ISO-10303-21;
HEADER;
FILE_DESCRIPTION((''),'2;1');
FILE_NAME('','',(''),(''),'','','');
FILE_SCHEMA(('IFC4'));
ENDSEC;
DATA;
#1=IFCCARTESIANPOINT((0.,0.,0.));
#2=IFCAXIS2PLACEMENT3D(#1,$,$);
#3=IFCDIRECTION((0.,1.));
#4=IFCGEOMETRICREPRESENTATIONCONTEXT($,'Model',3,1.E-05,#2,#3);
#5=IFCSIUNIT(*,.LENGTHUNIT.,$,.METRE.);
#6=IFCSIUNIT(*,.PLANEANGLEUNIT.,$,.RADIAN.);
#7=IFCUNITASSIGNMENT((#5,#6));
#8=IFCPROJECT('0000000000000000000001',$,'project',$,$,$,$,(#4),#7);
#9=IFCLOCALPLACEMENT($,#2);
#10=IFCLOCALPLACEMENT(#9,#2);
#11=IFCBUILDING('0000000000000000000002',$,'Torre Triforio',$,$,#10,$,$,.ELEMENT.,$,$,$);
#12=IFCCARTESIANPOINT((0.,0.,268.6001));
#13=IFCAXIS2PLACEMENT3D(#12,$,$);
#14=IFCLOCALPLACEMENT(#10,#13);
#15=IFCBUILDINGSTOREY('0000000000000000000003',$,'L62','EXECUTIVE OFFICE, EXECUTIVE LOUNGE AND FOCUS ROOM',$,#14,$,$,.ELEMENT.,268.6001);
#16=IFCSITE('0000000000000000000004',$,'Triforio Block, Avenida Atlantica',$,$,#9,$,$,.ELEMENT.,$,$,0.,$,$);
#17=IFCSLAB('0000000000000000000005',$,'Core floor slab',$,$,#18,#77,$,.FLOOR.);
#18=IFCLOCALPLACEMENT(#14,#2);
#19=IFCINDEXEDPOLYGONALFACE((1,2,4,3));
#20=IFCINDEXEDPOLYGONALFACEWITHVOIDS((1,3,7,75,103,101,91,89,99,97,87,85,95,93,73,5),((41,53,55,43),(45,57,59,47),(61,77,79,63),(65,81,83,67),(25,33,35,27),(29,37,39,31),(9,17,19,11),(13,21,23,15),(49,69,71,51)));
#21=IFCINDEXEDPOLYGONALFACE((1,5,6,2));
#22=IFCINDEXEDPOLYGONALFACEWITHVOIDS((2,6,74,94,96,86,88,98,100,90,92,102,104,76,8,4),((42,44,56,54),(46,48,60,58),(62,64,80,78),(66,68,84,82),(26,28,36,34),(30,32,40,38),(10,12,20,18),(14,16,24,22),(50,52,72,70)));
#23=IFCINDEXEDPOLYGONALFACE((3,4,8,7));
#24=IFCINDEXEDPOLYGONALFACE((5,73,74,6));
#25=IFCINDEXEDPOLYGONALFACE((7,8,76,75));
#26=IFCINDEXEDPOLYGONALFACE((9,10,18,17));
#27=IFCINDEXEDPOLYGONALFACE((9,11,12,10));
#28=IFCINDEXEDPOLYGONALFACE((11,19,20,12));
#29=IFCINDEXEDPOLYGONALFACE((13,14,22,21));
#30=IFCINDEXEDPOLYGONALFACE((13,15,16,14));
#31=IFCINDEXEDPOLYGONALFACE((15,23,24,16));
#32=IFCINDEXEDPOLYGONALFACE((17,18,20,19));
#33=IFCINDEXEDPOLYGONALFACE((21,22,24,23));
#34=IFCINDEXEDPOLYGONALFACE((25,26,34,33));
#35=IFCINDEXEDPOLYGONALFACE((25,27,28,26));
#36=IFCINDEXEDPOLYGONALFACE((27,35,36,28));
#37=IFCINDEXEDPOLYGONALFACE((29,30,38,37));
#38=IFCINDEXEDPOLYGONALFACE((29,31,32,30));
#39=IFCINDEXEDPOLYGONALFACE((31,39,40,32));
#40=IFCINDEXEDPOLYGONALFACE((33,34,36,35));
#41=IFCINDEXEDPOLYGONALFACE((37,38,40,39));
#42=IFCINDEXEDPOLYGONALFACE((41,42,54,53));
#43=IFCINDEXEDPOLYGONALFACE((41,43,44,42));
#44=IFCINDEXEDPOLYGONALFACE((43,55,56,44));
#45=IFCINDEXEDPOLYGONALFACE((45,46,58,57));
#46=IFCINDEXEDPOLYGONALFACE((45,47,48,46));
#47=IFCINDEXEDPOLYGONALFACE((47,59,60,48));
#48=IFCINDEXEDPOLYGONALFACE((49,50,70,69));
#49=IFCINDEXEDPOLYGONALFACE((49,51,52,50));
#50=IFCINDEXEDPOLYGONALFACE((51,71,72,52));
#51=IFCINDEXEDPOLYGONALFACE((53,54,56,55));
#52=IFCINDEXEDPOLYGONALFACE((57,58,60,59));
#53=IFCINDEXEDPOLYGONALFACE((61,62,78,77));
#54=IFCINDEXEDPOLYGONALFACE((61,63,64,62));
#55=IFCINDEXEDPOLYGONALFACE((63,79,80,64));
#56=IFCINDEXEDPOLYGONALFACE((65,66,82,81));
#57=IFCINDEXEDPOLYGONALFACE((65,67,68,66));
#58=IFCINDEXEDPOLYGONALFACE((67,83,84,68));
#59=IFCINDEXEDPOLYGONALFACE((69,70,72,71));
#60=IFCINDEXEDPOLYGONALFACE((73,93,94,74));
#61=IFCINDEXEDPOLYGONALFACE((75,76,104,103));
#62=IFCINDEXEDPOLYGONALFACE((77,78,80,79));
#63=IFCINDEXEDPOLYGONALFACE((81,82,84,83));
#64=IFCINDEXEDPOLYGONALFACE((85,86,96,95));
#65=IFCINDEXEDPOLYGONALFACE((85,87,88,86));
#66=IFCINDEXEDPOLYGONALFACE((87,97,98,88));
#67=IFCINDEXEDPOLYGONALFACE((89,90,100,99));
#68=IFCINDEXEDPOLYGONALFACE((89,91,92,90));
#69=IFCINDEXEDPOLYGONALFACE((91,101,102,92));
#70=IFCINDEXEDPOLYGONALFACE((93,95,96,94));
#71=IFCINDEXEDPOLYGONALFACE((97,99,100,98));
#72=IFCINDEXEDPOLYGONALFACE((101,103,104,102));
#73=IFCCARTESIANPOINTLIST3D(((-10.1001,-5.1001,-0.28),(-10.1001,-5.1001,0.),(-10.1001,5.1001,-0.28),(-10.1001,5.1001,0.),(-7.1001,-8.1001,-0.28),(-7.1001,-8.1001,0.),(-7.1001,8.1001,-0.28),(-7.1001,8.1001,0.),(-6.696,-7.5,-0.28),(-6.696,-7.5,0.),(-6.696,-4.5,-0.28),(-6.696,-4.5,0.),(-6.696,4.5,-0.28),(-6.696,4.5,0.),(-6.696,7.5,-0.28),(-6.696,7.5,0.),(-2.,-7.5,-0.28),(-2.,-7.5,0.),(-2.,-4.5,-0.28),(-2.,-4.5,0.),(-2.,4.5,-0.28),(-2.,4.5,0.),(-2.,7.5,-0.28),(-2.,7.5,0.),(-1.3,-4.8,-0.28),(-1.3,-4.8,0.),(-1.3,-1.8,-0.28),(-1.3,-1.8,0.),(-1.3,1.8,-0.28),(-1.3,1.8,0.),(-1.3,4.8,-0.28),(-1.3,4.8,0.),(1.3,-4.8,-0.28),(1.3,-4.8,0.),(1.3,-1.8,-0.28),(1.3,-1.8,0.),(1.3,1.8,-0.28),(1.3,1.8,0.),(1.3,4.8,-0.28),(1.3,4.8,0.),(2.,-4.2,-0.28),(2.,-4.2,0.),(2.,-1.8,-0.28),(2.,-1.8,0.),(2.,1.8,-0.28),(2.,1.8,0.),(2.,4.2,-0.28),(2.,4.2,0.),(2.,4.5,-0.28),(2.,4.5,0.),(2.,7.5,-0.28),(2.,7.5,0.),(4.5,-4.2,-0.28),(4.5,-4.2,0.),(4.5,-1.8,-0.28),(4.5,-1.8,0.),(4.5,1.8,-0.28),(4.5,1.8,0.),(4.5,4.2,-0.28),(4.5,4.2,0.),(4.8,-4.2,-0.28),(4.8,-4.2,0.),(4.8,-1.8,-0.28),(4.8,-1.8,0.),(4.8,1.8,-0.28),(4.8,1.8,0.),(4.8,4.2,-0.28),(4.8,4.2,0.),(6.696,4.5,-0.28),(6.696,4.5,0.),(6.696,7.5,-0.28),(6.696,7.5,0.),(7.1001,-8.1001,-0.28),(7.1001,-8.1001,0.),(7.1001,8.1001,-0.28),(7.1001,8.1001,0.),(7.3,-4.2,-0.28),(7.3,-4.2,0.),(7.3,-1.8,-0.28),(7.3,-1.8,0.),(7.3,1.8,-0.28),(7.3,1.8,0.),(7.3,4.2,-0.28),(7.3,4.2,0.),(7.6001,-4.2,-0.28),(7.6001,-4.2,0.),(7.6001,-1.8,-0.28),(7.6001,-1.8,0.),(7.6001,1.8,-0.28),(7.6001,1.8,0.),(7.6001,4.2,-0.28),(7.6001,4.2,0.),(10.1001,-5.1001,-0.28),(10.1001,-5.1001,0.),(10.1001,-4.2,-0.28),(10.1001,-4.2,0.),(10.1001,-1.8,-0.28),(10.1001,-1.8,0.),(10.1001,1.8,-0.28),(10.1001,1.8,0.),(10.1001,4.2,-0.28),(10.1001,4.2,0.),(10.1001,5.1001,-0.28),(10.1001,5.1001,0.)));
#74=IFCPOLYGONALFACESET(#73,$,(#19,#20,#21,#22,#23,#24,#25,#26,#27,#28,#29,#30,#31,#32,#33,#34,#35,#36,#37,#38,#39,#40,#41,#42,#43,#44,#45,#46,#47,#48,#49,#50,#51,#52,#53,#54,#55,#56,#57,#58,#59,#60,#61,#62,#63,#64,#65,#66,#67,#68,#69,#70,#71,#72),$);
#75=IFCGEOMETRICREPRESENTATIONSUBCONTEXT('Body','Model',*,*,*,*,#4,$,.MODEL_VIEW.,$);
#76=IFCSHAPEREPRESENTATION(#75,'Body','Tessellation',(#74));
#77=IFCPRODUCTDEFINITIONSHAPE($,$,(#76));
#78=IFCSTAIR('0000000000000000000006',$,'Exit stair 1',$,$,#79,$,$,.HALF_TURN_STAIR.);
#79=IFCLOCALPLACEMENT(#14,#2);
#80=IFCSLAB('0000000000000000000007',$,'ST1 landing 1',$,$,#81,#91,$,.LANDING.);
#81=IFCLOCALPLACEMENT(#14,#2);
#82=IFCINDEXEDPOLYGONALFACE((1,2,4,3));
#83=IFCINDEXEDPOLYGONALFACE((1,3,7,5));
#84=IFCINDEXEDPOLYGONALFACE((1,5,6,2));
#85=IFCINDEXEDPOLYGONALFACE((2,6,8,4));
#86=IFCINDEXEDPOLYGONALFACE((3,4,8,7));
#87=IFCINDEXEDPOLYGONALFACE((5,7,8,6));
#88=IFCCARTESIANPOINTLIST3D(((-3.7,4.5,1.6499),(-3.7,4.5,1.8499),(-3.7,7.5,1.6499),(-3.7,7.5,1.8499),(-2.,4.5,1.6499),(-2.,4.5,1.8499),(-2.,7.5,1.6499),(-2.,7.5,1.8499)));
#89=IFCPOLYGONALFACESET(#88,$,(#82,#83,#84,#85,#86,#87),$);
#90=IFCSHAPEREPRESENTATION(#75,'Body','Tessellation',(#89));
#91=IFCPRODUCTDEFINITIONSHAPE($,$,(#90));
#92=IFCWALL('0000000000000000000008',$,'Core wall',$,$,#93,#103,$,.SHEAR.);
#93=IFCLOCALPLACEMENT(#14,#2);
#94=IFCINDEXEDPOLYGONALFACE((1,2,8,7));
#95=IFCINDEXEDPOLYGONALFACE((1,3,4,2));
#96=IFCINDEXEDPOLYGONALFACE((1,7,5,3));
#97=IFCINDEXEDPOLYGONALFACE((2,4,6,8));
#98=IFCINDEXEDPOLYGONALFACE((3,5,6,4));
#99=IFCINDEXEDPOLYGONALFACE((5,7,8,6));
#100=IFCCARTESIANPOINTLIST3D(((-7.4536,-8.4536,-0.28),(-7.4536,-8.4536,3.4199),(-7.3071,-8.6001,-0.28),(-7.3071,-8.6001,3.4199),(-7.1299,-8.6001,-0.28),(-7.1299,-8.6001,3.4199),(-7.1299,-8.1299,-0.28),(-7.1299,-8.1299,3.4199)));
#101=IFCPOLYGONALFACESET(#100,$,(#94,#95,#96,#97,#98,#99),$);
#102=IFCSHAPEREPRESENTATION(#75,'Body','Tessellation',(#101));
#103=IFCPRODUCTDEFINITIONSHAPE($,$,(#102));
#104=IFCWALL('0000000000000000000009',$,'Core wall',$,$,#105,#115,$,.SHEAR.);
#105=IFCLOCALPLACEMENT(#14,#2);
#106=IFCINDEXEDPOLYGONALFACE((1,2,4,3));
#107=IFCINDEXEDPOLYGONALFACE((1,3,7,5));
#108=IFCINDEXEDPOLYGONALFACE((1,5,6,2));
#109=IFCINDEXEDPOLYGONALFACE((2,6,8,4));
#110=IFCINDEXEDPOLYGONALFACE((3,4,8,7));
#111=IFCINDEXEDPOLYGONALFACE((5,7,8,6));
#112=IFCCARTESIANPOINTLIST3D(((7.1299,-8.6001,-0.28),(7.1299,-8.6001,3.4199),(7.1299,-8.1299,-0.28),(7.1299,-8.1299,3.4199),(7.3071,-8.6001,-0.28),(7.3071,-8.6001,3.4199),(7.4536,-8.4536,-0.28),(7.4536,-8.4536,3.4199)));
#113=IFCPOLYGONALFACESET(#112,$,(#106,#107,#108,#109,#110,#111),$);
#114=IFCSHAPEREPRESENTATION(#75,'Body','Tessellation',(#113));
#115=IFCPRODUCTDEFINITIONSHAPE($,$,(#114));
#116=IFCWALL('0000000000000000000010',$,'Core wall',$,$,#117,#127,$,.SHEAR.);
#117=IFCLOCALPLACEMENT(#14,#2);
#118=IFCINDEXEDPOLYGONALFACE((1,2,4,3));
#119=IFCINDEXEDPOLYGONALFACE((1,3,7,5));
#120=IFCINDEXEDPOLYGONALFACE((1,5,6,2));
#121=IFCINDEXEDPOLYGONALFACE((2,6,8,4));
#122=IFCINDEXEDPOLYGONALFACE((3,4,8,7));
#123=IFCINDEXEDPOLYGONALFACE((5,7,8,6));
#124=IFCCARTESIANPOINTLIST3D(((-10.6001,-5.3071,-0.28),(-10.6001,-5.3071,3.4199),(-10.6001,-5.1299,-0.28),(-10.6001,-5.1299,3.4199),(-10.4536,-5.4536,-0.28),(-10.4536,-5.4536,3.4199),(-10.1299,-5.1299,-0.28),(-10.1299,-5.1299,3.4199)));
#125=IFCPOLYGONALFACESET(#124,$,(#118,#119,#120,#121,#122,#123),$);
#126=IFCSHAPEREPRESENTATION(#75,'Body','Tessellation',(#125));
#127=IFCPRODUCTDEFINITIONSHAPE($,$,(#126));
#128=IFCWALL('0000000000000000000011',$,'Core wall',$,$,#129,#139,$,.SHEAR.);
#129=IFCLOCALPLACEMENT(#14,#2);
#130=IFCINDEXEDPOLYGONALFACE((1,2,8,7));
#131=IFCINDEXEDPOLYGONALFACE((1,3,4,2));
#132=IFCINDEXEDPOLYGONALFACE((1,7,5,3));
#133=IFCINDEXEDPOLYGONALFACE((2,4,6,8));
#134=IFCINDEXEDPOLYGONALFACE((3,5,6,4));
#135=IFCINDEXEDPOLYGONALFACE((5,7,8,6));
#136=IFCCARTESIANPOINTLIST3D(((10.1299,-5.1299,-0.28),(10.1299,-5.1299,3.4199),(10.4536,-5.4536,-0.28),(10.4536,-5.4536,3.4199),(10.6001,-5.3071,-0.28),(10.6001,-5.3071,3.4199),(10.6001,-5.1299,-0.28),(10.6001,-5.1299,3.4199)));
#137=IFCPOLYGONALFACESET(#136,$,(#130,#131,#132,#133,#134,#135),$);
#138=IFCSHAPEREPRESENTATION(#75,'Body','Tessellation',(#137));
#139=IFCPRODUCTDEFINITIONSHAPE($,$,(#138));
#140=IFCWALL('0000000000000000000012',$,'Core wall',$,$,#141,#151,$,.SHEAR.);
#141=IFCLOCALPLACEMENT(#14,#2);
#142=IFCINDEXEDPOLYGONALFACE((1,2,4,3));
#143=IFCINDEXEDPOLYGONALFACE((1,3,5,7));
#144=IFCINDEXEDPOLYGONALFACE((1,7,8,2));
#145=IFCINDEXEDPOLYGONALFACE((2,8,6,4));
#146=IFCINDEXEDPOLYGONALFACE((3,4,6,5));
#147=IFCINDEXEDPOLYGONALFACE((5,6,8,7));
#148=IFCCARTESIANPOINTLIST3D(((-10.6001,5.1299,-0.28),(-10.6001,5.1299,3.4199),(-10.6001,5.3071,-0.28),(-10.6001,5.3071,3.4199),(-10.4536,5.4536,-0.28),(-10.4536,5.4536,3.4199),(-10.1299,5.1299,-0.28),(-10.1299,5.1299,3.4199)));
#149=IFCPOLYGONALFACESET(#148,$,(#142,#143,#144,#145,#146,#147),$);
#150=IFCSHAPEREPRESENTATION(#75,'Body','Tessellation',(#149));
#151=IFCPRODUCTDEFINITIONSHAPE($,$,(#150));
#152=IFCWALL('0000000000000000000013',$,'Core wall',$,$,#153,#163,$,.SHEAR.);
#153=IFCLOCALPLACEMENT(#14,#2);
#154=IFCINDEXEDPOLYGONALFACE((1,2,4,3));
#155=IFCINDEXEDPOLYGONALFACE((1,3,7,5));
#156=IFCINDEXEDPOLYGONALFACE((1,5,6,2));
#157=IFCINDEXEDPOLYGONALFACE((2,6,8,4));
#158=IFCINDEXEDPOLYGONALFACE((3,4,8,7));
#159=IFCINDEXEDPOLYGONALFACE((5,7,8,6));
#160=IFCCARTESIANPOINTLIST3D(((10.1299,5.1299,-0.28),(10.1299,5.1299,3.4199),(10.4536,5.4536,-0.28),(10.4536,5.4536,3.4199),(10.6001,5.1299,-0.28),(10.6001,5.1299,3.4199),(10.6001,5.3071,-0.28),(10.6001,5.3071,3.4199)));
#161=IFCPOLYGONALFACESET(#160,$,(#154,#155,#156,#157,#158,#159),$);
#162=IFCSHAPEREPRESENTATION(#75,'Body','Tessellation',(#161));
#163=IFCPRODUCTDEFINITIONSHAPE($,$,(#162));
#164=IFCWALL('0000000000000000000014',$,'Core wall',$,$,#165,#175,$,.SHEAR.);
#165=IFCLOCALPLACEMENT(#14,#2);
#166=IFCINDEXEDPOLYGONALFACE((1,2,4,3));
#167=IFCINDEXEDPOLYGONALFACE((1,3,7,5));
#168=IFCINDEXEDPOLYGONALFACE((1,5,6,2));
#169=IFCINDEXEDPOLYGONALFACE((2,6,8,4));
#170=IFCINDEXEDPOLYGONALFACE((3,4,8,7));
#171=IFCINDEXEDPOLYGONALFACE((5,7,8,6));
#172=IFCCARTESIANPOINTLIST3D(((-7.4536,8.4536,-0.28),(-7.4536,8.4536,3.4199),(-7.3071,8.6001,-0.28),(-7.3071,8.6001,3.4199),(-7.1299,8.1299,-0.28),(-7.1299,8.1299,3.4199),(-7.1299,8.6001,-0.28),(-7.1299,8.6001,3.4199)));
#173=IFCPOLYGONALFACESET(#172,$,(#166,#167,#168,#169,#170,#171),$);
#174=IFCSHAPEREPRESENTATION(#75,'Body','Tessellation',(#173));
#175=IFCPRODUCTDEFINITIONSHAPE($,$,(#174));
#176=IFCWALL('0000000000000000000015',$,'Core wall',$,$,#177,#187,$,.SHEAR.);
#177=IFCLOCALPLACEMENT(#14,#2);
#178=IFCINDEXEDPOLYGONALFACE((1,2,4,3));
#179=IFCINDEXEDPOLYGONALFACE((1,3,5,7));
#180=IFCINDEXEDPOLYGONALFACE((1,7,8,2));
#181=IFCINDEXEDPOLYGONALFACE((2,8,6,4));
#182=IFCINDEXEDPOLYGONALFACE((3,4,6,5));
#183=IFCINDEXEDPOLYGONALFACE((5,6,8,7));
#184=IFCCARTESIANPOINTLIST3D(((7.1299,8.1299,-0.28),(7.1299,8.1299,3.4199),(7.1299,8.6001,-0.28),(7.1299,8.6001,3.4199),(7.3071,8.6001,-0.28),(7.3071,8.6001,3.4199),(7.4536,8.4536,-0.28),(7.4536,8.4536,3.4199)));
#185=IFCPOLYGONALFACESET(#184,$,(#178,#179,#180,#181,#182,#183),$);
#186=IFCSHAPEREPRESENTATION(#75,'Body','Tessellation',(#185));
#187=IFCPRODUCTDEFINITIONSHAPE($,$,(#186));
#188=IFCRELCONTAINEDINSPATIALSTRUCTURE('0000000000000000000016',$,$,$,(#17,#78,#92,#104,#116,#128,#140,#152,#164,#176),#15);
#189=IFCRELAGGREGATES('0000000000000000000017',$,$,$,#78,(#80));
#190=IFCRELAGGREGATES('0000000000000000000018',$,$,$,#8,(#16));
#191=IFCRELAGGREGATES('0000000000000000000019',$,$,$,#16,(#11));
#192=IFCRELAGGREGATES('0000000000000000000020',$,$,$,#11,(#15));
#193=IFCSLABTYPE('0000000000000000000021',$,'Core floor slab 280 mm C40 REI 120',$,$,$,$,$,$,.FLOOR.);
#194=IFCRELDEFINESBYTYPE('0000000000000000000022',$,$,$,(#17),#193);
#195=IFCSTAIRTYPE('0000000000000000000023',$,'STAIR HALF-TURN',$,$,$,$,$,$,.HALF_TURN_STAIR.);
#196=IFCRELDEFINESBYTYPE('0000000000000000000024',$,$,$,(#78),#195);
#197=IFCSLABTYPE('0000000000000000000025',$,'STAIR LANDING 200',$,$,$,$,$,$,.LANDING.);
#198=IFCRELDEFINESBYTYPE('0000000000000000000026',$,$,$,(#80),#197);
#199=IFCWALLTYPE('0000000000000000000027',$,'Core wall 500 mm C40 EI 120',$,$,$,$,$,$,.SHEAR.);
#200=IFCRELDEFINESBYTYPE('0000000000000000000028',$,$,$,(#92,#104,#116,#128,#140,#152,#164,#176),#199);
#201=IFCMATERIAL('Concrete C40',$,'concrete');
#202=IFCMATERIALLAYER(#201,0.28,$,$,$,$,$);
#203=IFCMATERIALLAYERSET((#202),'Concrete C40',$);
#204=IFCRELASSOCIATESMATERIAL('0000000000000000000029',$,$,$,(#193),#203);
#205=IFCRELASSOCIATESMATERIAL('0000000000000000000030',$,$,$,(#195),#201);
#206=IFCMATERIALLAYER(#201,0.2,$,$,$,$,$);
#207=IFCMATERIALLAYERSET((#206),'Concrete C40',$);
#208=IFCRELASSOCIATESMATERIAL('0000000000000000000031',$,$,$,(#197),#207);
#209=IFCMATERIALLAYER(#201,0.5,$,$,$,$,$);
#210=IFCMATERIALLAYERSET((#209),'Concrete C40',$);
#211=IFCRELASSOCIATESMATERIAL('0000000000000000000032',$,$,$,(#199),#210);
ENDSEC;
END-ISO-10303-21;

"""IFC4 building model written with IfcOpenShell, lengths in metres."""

from ifc_helpers import new_model, si_unit, direction, frame, origin, place, context, subcontext, project, spatial, polyline, outline, extrude, material, layer, layer_set, type_object, element, aggregate, save


model = new_model("IFC4")

# Units and contexts
model_context = context("Model", 3, precision=1e-05, world=origin(), true_north=direction((0.0, 1.0)))
body_context = subcontext(model_context, "Body", "Model", "MODEL_VIEW")
ifc_project = project(units=[si_unit("LENGTHUNIT", "METRE"), si_unit("PLANEANGLEUNIT", "RADIAN")], contexts=[model_context])

# Site, building, storey
site_placement = place(None, origin())
site = spatial("IfcSite", under=ifc_project, at=site_placement, Name="Triforio Block, Avenida Atlantica", CompositionType="ELEMENT", RefElevation=0.0)
building_placement = place(site_placement, origin())
building = spatial("IfcBuilding", under=site, at=building_placement, Name="Torre Triforio", CompositionType="ELEMENT")
storey_placement = place(building_placement, frame((0.0, 0.0, 268.6001)))
storey = spatial("IfcBuildingStorey", under=building, at=storey_placement, Name="L62", Description="EXECUTIVE OFFICE, EXECUTIVE LOUNGE AND FOCUS ROOM", CompositionType="ELEMENT", Elevation=268.6001)

# Slab
ifc_material_1 = material(Name="Concrete C40", Category="concrete")
ifc_layer_1 = layer(ifc_material_1, 0.28)
ifc_layer_set_1 = layer_set([ifc_layer_1], Name="Concrete C40")
slab_type_1 = type_object("IfcSlabType", Name="Core floor slab 280 mm C40 REI 120", PredefinedType="FLOOR", material=ifc_layer_set_1)
slab_1_placement = place(storey_placement, frame((0.0, 0.0, -0.28)))
element("IfcSlab", 1, at=slab_1_placement, inside=storey, type_object=slab_type_1, Name="Core floor slab", PredefinedType="FLOOR", context=body_context, shape_type="SweptSolid", body=[
    extrude(outline(polyline([(10.1001, -5.1001), (7.1001, -8.1001), (-7.1001, -8.1001), (-10.1001, -5.1001), (-10.1001, 5.1001), (-7.1001, 8.1001), (7.1001, 8.1001), (10.1001, 5.1001), (10.1001, 4.2), (7.6001, 4.2), (7.6001, 1.8), (10.1001, 1.8), (10.1001, -1.8), (7.6001, -1.8), (7.6001, -4.2), (10.1001, -4.2), (10.1001, -5.1001)]), holes=[polyline([(-6.696, -4.5), (-6.696, -7.5), (-2.0, -7.5), (-2.0, -4.5), (-6.696, -4.5)]), polyline([(-1.3, -1.8), (-1.3, -4.8), (1.3, -4.8), (1.3, -1.8), (-1.3, -1.8)]), polyline([(2.0, -1.8), (2.0, -4.2), (4.5, -4.2), (4.5, -1.8), (2.0, -1.8)]), polyline([(4.5, 4.2), (2.0, 4.2), (2.0, 1.8), (4.5, 1.8), (4.5, 4.2)]), polyline([(1.3, 4.8), (-1.3, 4.8), (-1.3, 1.8), (1.3, 1.8), (1.3, 4.8)]), polyline([(-6.696, 7.5), (-6.696, 4.5), (-2.0, 4.5), (-2.0, 7.5), (-6.696, 7.5)]), polyline([(7.3, -1.8), (4.8, -1.8), (4.8, -4.2), (7.3, -4.2), (7.3, -1.8)]), polyline([(4.8, 4.2), (4.8, 1.8), (7.3, 1.8), (7.3, 4.2), (4.8, 4.2)]), polyline([(6.696, 7.5), (2.0, 7.5), (2.0, 4.5), (6.696, 4.5), (6.696, 7.5)])]), origin(), (0.0, 0.0, 1.0), 0.28),
])

# Stair, slab
stair_type = type_object("IfcStairType", Name="STAIR HALF-TURN", PredefinedType="HALF_TURN_STAIR", material=ifc_material_1)
stair_placement = place(storey_placement, origin())
stair = element("IfcStair", 2, at=stair_placement, inside=storey, type_object=stair_type, Name="Exit stair 1", PredefinedType="HALF_TURN_STAIR")
ifc_layer_2 = layer(ifc_material_1, 0.2)
ifc_layer_set_2 = layer_set([ifc_layer_2], Name="Concrete C40")
slab_type_2 = type_object("IfcSlabType", Name="STAIR LANDING 200", PredefinedType="LANDING", material=ifc_layer_set_2)
slab_2_placement = place(storey_placement, frame((0.0, 0.0, 1.6499)))
slab_2 = element("IfcSlab", 3, at=slab_2_placement, type_object=slab_type_2, Name="ST1 landing 1", PredefinedType="LANDING", context=body_context, shape_type="SweptSolid", body=[
    extrude(outline(polyline([(-2.0, 4.5), (-2.0, 7.5), (-3.7, 7.5), (-3.7, 4.5), (-2.0, 4.5)])), origin(), (0.0, 0.0, 1.0), 0.2),
])
aggregate(stair, [slab_2])

# Walls
ifc_layer_3 = layer(ifc_material_1, 0.5)
ifc_layer_set_3 = layer_set([ifc_layer_3], Name="Concrete C40")
wall_type_1 = type_object("IfcWallType", Name="Core wall 500 mm C40 EI 120", PredefinedType="SHEAR", material=ifc_layer_set_3)
wall_1_placement = place(storey_placement, frame((0.0, 0.0, -0.28)))
element("IfcWall", 4, at=wall_1_placement, inside=storey, type_object=wall_type_1, Name="Core wall", PredefinedType="SHEAR", context=body_context, shape_type="SweptSolid", body=[
    extrude(outline(polyline([(-7.3071, -8.6001), (-7.4536, -8.4536), (-7.1299, -8.1299), (-7.1299, -8.6001), (-7.3071, -8.6001)])), origin(), (0.0, 0.0, 1.0), 3.7),
])
wall_2_placement = place(storey_placement, frame((0.0, 0.0, -0.28)))
element("IfcWall", 5, at=wall_2_placement, inside=storey, type_object=wall_type_1, Name="Core wall", PredefinedType="SHEAR", context=body_context, shape_type="SweptSolid", body=[
    extrude(outline(polyline([(7.3071, -8.6001), (7.1299, -8.6001), (7.1299, -8.1299), (7.4536, -8.4536), (7.3071, -8.6001)])), origin(), (0.0, 0.0, 1.0), 3.7),
])
wall_3_placement = place(storey_placement, frame((0.0, 0.0, -0.28)))
element("IfcWall", 6, at=wall_3_placement, inside=storey, type_object=wall_type_1, Name="Core wall", PredefinedType="SHEAR", context=body_context, shape_type="SweptSolid", body=[
    extrude(outline(polyline([(-10.6001, -5.3071), (-10.6001, -5.1299), (-10.1299, -5.1299), (-10.4536, -5.4536), (-10.6001, -5.3071)])), origin(), (0.0, 0.0, 1.0), 3.7),
])
wall_4_placement = place(storey_placement, frame((0.0, 0.0, -0.28)))
element("IfcWall", 7, at=wall_4_placement, inside=storey, type_object=wall_type_1, Name="Core wall", PredefinedType="SHEAR", context=body_context, shape_type="SweptSolid", body=[
    extrude(outline(polyline([(10.6001, -5.3071), (10.4536, -5.4536), (10.1299, -5.1299), (10.6001, -5.1299), (10.6001, -5.3071)])), origin(), (0.0, 0.0, 1.0), 3.7),
])
wall_5_placement = place(storey_placement, frame((0.0, 0.0, -0.28)))
element("IfcWall", 8, at=wall_5_placement, inside=storey, type_object=wall_type_1, Name="Core wall", PredefinedType="SHEAR", context=body_context, shape_type="SweptSolid", body=[
    extrude(outline(polyline([(-10.4536, 5.4536), (-10.1299, 5.1299), (-10.6001, 5.1299), (-10.6001, 5.3071), (-10.4536, 5.4536)])), origin(), (0.0, 0.0, 1.0), 3.7),
])
wall_6_placement = place(storey_placement, frame((0.0, 0.0, -0.28)))
element("IfcWall", 9, at=wall_6_placement, inside=storey, type_object=wall_type_1, Name="Core wall", PredefinedType="SHEAR", context=body_context, shape_type="SweptSolid", body=[
    extrude(outline(polyline([(10.6001, 5.3071), (10.6001, 5.1299), (10.1299, 5.1299), (10.4536, 5.4536), (10.6001, 5.3071)])), origin(), (0.0, 0.0, 1.0), 3.7),
])
wall_7_placement = place(storey_placement, frame((0.0, 0.0, -0.28)))
element("IfcWall", 10, at=wall_7_placement, inside=storey, type_object=wall_type_1, Name="Core wall", PredefinedType="SHEAR", context=body_context, shape_type="SweptSolid", body=[
    extrude(outline(polyline([(-7.3071, 8.6001), (-7.1299, 8.6001), (-7.1299, 8.1299), (-7.4536, 8.4536), (-7.3071, 8.6001)])), origin(), (0.0, 0.0, 1.0), 3.7),
])
wall_8_placement = place(storey_placement, frame((0.0, 0.0, -0.28)))
element("IfcWall", 11, at=wall_8_placement, inside=storey, type_object=wall_type_1, Name="Core wall", PredefinedType="SHEAR", context=body_context, shape_type="SweptSolid", body=[
    extrude(outline(polyline([(7.3071, 8.6001), (7.4536, 8.4536), (7.1299, 8.1299), (7.1299, 8.6001), (7.3071, 8.6001)])), origin(), (0.0, 0.0, 1.0), 3.7),
])

save(model, "model.ifc")
